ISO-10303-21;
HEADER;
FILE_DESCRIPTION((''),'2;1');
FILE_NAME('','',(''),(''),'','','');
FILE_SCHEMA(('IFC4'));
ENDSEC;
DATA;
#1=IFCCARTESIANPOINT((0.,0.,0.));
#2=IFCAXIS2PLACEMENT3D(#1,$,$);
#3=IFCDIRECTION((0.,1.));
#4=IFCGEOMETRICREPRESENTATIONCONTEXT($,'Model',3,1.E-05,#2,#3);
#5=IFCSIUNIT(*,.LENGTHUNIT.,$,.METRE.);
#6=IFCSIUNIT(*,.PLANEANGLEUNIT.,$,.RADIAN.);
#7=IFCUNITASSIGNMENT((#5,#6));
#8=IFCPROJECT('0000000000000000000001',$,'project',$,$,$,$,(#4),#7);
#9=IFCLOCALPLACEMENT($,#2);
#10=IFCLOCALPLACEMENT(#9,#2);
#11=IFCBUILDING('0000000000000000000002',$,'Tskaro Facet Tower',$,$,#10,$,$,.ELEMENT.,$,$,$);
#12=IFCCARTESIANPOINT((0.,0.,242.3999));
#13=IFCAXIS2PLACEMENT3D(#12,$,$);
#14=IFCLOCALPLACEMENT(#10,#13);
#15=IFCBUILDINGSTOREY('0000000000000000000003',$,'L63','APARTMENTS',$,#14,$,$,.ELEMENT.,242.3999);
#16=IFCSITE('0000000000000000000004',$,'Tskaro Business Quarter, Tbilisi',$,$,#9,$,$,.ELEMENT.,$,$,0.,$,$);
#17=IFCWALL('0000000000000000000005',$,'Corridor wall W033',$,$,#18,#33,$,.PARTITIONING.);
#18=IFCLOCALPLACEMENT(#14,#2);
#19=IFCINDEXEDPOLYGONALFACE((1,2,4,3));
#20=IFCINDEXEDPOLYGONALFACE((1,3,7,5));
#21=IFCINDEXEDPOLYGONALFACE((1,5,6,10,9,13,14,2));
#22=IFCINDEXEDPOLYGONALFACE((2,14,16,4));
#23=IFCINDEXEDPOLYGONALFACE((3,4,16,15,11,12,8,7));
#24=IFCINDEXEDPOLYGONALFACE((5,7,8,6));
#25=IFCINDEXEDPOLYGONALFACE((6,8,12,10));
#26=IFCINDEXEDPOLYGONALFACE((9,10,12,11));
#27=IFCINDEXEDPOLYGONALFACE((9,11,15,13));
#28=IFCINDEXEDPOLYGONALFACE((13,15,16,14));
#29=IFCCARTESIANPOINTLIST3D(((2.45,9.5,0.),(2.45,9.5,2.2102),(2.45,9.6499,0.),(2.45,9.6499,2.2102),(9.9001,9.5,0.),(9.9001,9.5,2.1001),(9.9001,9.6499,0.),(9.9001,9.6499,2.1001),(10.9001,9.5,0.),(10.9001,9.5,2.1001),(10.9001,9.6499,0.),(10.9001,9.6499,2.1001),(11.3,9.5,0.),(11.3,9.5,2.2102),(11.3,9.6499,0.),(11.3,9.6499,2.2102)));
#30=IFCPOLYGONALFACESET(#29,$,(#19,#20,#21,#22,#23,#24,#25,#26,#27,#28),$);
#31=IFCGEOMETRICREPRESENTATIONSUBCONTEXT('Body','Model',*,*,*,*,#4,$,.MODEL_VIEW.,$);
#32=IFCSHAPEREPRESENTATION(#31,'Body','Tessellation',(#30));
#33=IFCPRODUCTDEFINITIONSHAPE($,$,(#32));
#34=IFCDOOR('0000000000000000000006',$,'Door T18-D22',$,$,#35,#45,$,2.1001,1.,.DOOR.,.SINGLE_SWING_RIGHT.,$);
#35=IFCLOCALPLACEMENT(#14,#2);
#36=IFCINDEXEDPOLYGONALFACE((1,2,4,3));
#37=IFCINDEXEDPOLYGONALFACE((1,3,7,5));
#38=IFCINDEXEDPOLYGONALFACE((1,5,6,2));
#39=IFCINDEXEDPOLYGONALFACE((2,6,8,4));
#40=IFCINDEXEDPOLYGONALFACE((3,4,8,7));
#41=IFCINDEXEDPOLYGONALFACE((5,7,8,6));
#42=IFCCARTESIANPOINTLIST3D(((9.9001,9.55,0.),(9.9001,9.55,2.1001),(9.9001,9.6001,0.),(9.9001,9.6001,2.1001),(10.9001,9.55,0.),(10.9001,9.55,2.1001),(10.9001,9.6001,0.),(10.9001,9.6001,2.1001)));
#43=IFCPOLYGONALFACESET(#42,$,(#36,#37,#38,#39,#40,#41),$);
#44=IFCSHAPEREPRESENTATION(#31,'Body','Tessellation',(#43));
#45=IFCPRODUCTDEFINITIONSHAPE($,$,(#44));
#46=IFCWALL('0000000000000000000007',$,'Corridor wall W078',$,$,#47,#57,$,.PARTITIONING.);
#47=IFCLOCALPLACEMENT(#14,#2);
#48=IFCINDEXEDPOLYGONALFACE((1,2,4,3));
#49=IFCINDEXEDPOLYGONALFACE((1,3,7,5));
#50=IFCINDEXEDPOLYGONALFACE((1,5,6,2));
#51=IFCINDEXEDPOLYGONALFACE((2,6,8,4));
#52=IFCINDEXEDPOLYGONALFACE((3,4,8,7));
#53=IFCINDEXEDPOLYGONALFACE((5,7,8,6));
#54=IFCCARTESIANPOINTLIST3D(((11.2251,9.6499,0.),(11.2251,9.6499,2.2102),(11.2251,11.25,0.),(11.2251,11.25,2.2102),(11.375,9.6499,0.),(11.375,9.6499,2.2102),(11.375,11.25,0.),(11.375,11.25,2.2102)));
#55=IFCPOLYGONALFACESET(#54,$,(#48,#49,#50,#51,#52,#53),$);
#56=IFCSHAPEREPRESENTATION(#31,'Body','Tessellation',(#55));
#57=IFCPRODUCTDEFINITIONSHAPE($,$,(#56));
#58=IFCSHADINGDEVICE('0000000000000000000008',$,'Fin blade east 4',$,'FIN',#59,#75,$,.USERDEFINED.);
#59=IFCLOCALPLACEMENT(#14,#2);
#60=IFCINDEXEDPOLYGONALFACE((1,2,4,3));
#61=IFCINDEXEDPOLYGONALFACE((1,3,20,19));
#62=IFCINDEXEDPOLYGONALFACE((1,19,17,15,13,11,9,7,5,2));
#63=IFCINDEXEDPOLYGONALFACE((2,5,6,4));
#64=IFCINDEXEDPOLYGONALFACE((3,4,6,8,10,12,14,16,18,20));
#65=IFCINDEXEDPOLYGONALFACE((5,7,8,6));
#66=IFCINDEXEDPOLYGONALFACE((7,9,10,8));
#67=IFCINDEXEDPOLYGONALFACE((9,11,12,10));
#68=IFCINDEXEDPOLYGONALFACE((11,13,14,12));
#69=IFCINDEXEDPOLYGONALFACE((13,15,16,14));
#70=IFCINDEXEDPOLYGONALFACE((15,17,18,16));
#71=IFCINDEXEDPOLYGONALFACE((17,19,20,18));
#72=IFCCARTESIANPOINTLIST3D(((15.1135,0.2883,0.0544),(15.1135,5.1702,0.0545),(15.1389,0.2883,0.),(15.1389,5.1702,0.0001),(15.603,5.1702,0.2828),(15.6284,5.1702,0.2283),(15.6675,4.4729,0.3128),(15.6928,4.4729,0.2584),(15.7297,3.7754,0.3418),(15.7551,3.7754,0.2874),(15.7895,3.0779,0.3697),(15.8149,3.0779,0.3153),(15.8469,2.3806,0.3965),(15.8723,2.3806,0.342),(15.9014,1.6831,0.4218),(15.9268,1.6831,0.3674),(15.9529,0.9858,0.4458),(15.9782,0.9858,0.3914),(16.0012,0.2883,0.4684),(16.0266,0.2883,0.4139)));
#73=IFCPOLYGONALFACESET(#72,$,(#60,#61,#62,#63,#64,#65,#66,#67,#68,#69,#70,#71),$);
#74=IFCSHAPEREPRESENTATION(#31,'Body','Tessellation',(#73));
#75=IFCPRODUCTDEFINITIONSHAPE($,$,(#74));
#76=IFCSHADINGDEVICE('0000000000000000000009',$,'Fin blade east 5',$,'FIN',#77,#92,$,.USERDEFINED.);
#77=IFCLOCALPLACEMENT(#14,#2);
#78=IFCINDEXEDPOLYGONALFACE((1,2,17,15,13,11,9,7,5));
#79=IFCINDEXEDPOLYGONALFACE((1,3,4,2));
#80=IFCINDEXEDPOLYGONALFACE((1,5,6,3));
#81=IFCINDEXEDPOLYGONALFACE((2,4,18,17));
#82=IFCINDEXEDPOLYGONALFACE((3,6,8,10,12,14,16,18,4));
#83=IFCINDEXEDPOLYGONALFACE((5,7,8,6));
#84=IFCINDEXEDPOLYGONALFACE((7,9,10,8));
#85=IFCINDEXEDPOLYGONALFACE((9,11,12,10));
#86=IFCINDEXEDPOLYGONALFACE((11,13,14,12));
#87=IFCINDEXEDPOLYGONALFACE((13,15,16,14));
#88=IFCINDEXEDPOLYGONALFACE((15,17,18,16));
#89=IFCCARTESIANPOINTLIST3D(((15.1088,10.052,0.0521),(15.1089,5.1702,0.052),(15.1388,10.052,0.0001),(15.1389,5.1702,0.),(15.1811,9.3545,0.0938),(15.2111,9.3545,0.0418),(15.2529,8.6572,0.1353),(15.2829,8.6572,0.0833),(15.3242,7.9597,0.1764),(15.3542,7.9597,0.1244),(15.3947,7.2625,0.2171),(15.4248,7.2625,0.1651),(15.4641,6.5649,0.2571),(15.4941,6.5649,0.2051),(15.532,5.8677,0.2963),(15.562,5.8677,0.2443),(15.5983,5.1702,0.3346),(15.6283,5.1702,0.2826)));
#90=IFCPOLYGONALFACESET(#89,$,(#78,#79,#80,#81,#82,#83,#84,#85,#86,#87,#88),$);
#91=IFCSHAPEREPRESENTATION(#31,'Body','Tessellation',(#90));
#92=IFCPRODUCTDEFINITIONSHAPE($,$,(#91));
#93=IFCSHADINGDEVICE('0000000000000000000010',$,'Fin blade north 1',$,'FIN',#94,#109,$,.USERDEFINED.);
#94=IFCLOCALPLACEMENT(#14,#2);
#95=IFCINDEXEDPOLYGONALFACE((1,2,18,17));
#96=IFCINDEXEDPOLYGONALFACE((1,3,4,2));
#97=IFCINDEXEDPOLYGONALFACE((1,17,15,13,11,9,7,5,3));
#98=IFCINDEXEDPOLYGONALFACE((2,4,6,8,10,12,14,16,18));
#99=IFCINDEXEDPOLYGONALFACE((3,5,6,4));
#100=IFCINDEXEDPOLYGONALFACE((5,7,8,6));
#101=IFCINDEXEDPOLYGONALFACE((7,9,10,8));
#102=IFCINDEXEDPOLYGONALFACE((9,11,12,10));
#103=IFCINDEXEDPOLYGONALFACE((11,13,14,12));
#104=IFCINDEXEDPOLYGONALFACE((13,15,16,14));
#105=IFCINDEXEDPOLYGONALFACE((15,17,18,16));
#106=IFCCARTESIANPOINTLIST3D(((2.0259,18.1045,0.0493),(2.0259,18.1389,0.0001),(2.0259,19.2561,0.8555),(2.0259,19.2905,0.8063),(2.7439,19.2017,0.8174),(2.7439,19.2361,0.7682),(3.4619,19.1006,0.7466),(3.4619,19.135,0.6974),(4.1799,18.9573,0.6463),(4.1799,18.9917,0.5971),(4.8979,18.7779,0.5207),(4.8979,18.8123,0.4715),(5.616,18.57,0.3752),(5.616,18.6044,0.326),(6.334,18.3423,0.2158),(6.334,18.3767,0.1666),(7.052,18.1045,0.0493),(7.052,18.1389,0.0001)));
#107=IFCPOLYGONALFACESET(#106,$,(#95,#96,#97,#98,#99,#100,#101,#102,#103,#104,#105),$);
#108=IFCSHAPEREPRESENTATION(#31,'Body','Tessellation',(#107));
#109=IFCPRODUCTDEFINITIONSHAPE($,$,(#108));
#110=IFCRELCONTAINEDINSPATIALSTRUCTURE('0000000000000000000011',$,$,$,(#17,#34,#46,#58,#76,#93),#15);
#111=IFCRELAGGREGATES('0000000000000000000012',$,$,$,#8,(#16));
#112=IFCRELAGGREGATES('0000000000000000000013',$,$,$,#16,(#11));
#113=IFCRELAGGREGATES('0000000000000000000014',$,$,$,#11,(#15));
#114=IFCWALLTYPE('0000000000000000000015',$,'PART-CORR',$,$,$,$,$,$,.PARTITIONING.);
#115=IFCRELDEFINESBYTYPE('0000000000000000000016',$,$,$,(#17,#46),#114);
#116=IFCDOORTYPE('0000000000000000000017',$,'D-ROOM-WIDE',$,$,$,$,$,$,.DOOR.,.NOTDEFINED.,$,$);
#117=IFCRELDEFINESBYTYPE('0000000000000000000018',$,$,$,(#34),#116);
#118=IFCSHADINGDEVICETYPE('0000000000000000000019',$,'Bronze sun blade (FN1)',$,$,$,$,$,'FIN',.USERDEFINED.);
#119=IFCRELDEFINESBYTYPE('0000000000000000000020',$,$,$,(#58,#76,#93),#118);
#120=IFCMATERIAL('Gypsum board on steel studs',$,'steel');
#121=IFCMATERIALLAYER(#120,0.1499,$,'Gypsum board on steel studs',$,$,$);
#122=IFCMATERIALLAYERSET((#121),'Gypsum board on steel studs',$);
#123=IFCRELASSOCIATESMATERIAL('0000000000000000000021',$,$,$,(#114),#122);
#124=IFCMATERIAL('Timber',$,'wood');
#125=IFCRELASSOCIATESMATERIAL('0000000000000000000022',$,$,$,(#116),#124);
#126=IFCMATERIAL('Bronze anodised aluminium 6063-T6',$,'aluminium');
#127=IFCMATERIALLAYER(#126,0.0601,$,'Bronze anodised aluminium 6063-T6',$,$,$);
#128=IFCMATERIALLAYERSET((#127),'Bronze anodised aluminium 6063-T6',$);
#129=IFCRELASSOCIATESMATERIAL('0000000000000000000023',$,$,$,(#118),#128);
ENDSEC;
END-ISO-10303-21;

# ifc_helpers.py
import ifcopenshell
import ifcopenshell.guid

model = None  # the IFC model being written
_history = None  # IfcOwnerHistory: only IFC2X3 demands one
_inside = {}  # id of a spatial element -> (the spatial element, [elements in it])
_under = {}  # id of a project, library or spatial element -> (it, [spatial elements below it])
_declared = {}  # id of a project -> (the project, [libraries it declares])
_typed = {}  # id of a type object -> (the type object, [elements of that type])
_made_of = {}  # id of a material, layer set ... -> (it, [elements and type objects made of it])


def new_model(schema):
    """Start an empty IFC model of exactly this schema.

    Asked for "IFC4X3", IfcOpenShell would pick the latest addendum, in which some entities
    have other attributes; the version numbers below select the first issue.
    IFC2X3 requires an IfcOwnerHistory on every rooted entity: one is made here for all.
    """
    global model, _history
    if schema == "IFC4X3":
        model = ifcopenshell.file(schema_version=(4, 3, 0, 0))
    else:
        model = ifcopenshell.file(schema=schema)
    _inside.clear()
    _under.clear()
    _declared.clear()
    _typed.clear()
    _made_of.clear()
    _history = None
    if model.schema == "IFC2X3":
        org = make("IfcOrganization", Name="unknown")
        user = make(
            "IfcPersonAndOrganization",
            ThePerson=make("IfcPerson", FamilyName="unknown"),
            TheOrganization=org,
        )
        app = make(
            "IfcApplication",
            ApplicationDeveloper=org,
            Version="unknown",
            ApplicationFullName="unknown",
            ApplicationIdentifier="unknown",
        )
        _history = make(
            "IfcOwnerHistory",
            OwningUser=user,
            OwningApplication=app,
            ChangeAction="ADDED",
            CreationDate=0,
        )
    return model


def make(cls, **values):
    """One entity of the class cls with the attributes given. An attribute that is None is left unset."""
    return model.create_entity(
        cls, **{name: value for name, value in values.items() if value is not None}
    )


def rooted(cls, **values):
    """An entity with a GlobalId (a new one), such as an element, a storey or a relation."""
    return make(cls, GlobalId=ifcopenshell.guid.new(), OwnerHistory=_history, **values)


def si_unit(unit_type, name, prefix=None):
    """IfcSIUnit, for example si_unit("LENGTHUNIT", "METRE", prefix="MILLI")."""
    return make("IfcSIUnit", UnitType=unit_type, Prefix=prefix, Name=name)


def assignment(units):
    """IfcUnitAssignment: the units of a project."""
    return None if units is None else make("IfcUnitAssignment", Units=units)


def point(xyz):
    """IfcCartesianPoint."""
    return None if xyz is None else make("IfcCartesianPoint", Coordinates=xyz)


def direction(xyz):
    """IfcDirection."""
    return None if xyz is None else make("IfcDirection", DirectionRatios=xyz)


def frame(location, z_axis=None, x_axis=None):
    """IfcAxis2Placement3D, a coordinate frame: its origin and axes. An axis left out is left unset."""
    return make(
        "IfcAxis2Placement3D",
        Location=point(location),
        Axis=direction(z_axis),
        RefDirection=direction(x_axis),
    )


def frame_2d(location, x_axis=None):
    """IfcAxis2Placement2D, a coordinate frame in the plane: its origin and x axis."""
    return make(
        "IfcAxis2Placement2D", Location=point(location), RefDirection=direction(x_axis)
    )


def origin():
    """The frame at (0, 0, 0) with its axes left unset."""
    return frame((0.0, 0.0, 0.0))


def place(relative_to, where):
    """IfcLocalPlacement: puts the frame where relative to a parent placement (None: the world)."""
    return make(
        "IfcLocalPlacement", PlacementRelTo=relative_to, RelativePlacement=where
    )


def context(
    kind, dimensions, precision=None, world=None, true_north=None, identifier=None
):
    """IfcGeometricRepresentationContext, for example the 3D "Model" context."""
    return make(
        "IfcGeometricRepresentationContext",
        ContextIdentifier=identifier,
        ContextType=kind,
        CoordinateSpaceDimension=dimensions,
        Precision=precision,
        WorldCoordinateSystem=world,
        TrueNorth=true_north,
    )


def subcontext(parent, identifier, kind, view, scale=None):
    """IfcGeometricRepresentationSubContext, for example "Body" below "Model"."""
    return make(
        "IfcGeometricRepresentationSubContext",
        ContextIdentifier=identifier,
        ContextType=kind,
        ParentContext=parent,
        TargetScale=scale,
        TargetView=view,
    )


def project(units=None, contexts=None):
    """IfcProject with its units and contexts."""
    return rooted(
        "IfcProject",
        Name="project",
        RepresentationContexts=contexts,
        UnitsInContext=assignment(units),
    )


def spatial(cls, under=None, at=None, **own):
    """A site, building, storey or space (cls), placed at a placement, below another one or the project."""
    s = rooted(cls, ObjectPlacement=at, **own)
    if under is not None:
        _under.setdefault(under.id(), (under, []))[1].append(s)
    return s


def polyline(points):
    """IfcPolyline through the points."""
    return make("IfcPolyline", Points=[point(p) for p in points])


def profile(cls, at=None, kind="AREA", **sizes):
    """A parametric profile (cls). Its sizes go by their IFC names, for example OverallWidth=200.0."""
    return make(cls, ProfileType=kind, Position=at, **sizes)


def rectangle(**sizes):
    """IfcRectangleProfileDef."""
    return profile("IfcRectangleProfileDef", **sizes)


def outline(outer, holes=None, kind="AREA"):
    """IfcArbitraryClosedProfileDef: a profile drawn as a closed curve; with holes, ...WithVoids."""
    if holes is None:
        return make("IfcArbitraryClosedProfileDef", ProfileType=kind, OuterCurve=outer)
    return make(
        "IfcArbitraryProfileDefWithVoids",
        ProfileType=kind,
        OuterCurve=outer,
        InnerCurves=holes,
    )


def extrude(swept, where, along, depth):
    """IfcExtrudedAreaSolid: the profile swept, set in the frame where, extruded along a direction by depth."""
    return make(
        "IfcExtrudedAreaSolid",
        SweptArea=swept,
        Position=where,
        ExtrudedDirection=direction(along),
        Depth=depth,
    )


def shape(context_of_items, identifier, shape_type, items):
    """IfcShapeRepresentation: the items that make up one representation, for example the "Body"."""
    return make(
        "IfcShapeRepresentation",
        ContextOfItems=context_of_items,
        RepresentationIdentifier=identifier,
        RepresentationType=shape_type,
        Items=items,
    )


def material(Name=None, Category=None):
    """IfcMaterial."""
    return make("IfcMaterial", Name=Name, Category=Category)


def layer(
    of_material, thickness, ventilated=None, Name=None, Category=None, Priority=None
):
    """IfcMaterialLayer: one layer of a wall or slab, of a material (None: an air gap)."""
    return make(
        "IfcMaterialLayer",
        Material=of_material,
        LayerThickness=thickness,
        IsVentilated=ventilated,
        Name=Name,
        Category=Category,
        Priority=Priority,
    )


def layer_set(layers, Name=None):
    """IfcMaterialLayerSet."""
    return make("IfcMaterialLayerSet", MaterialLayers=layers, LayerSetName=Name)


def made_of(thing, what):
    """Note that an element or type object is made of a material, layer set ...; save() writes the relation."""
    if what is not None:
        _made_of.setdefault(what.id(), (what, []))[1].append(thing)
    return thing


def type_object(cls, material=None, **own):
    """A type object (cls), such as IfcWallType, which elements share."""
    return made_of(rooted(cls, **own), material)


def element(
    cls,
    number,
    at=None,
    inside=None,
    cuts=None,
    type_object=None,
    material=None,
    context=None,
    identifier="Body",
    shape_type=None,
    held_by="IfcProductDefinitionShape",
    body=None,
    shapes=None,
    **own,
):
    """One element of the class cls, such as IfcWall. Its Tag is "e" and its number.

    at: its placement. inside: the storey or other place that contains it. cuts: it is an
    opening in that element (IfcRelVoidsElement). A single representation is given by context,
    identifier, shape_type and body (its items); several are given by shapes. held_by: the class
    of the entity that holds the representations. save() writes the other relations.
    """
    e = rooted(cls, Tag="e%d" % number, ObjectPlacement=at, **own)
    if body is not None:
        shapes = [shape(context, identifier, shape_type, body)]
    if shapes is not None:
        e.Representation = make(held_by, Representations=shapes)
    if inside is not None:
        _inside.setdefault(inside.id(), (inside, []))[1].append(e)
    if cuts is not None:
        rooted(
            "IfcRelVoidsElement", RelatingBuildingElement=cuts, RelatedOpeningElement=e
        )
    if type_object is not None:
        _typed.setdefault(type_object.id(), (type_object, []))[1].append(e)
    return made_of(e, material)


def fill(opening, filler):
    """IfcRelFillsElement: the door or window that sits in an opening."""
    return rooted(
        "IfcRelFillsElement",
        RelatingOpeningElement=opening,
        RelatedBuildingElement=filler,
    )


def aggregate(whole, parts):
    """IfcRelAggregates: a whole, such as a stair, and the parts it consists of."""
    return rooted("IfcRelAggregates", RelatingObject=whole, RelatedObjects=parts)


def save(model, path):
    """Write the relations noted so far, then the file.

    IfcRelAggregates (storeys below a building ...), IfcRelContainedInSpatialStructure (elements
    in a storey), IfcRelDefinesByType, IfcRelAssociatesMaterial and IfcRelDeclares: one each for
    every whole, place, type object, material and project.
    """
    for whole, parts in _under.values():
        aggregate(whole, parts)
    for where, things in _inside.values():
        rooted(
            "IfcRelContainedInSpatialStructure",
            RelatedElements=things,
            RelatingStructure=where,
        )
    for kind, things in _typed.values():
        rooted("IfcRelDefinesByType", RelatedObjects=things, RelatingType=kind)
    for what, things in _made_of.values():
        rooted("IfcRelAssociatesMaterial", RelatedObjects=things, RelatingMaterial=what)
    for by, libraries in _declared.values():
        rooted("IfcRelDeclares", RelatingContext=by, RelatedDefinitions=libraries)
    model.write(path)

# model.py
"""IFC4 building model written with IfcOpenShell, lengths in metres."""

from ifc_helpers import new_model, si_unit, direction, frame, frame_2d, origin, place, context, subcontext, project, spatial, polyline, rectangle, outline, extrude, material, layer, layer_set, type_object, element, fill, save


model = new_model("IFC4")

# Units and contexts
model_context = context("Model", 3, precision=1e-05, world=origin(), true_north=direction((0.0, 1.0)))
body_context = subcontext(model_context, "Body", "Model", "MODEL_VIEW")
ifc_project = project(units=[si_unit("LENGTHUNIT", "METRE"), si_unit("PLANEANGLEUNIT", "RADIAN")], contexts=[model_context])

# Site, building, storey
site_placement = place(None, origin())
site = spatial("IfcSite", under=ifc_project, at=site_placement, Name="Tskaro Business Quarter, Tbilisi", CompositionType="ELEMENT", RefElevation=0.0)
building_placement = place(site_placement, origin())
building = spatial("IfcBuilding", under=site, at=building_placement, Name="Tskaro Facet Tower", CompositionType="ELEMENT")
storey_placement = place(building_placement, frame((0.0, 0.0, 242.3999)))
storey = spatial("IfcBuildingStorey", under=building, at=storey_placement, Name="L63", Description="APARTMENTS", CompositionType="ELEMENT", Elevation=242.3999)

# Shared definitions
ifc_material_1 = material(Name="Bronze anodised aluminium 6063-T6", Category="aluminium")

# Shared definitions
ifc_material_2 = material(Name="Gypsum board on steel studs", Category="steel")

# Wall, opening, door
ifc_layer_1 = layer(ifc_material_2, 0.1499, Name="Gypsum board on steel studs")
ifc_layer_set_1 = layer_set([ifc_layer_1], Name="Gypsum board on steel studs")
wall_type_1 = type_object("IfcWallType", Name="PART-CORR", PredefinedType="PARTITIONING", material=ifc_layer_set_1)
wall_1_placement = place(storey_placement, frame((11.3, 9.575, 0.0), z_axis=(0.0, 0.0, 1.0), x_axis=(-1.0, 0.0, 0.0)))
wall_1 = element("IfcWall", 1, at=wall_1_placement, inside=storey, type_object=wall_type_1, Name="Corridor wall W033", PredefinedType="PARTITIONING", context=body_context, shape_type="SweptSolid", body=[
    extrude(rectangle(XDim=8.8501, YDim=0.1499, at=frame_2d((4.425, 0.0))), origin(), (0.0, 0.0, 1.0), 2.2102),
])
opening_placement = place(wall_1_placement, frame((0.3999, 0.0, 0.0)))
opening = element("IfcOpeningElement", 2, at=opening_placement, cuts=wall_1, PredefinedType="OPENING", context=body_context, shape_type="SweptSolid", body=[
    extrude(rectangle(XDim=1.0, YDim=2.1001, at=frame_2d((0.5, 1.05))), frame((0.0, 0.085, 0.0), z_axis=(0.0, -1.0, 0.0), x_axis=(1.0, 0.0, 0.0)), (0.0, 0.0, 1.0), 0.1699),
])
ifc_material_3 = material(Name="Timber", Category="wood")
door_type = type_object("IfcDoorType", Name="D-ROOM-WIDE", OperationType="NOTDEFINED", PredefinedType="DOOR", material=ifc_material_3)
door_placement = place(opening_placement, origin())
door = element("IfcDoor", 3, at=door_placement, inside=storey, type_object=door_type, Name="Door T18-D22", OperationType="SINGLE_SWING_RIGHT", OverallHeight=2.1001, OverallWidth=1.0, PredefinedType="DOOR", context=body_context, shape_type="SweptSolid", body=[
    extrude(rectangle(XDim=1.0, YDim=2.1001, at=frame_2d((0.5, 1.05))), frame((0.0, 0.0249, 0.0), z_axis=(0.0, -1.0, 0.0), x_axis=(1.0, 0.0, 0.0)), (0.0, 0.0, 1.0), 0.05),
])
fill(opening, door)

# Wall
wall_2_placement = place(storey_placement, frame((11.3, 9.6499, 0.0), z_axis=(0.0, 0.0, 1.0), x_axis=(0.0, 1.0, 0.0)))
element("IfcWall", 4, at=wall_2_placement, inside=storey, type_object=wall_type_1, Name="Corridor wall W078", PredefinedType="PARTITIONING", context=body_context, shape_type="SweptSolid", body=[
    extrude(rectangle(XDim=1.6001, YDim=0.1499, at=frame_2d((0.8, 0.0))), origin(), (0.0, 0.0, 1.0), 2.2102),
])

# Shading devices
ifc_layer_2 = layer(ifc_material_1, 0.0601, Name="Bronze anodised aluminium 6063-T6")
ifc_layer_set_2 = layer_set([ifc_layer_2], Name="Bronze anodised aluminium 6063-T6")
shading_device_type = type_object("IfcShadingDeviceType", Name="Bronze sun blade (FN1)", ElementType="FIN", PredefinedType="USERDEFINED", material=ifc_layer_set_2)
shading_device_1_placement = place(storey_placement, frame((15.1135, 0.2883, 0.0544), z_axis=(-0.422612, -0.000015, 0.906311), x_axis=(-0.000006, 1.0, 0.000013)))
element("IfcShadingDevice", 5, at=shading_device_1_placement, inside=storey, type_object=shading_device_type, Name="Fin blade east 4", ObjectType="FIN", PredefinedType="USERDEFINED", context=body_context, shape_type="SweptSolid", body=[
    extrude(outline(polyline([(0.0, 0.0), (4.8818, 0.0), (4.8818, -0.5401), (4.1846, -0.6112), (3.4871, -0.6799), (2.7896, -0.7459), (2.0923, -0.8092), (1.3948, -0.8693), (0.6975, -0.9261), (0.0, -0.9794), (0.0, 0.0)])), origin(), (0.0, 0.0, -1.0), 0.0601),
])
shading_device_2_placement = place(storey_placement, frame((15.1089, 5.1702, 0.052), z_axis=(-0.500026, -0.000029, 0.866011), x_axis=(-0.000014, 1.0, 0.000025)))
element("IfcShadingDevice", 6, at=shading_device_2_placement, inside=storey, type_object=shading_device_type, Name="Fin blade east 5", ObjectType="FIN", PredefinedType="USERDEFINED", context=body_context, shape_type="SweptSolid", body=[
    extrude(outline(polyline([(0.0, 0.0), (4.8818, 0.0), (4.1843, -0.0835), (3.4871, -0.1664), (2.7896, -0.2486), (2.0923, -0.3301), (1.3948, -0.4102), (0.6975, -0.4886), (0.0, -0.5652), (0.0, 0.0)])), origin(), (0.0, 0.0, -1.0), 0.0601),
])
shading_device_3_placement = place(storey_placement, frame((7.052, 18.1045, 0.0493), z_axis=(0.000007, -0.573458, 0.819235), x_axis=(-1.0, -0.000004, 0.000006)))
element("IfcShadingDevice", 7, at=shading_device_3_placement, inside=storey, type_object=shading_device_type, Name="Fin blade north 1", ObjectType="FIN", PredefinedType="USERDEFINED", context=body_context, shape_type="SweptSolid", body=[
    extrude(outline(polyline([(0.0, 0.0), (5.0261, 0.0), (5.0261, -1.4057), (4.3081, -1.3393), (3.5901, -1.2159), (2.8721, -1.0409), (2.1541, -0.822), (1.436, -0.5682), (0.718, -0.2903), (0.0, 0.0)])), origin(), (0.0, 0.0, -1.0), 0.0601),
])

save(model, "model.ifc")
